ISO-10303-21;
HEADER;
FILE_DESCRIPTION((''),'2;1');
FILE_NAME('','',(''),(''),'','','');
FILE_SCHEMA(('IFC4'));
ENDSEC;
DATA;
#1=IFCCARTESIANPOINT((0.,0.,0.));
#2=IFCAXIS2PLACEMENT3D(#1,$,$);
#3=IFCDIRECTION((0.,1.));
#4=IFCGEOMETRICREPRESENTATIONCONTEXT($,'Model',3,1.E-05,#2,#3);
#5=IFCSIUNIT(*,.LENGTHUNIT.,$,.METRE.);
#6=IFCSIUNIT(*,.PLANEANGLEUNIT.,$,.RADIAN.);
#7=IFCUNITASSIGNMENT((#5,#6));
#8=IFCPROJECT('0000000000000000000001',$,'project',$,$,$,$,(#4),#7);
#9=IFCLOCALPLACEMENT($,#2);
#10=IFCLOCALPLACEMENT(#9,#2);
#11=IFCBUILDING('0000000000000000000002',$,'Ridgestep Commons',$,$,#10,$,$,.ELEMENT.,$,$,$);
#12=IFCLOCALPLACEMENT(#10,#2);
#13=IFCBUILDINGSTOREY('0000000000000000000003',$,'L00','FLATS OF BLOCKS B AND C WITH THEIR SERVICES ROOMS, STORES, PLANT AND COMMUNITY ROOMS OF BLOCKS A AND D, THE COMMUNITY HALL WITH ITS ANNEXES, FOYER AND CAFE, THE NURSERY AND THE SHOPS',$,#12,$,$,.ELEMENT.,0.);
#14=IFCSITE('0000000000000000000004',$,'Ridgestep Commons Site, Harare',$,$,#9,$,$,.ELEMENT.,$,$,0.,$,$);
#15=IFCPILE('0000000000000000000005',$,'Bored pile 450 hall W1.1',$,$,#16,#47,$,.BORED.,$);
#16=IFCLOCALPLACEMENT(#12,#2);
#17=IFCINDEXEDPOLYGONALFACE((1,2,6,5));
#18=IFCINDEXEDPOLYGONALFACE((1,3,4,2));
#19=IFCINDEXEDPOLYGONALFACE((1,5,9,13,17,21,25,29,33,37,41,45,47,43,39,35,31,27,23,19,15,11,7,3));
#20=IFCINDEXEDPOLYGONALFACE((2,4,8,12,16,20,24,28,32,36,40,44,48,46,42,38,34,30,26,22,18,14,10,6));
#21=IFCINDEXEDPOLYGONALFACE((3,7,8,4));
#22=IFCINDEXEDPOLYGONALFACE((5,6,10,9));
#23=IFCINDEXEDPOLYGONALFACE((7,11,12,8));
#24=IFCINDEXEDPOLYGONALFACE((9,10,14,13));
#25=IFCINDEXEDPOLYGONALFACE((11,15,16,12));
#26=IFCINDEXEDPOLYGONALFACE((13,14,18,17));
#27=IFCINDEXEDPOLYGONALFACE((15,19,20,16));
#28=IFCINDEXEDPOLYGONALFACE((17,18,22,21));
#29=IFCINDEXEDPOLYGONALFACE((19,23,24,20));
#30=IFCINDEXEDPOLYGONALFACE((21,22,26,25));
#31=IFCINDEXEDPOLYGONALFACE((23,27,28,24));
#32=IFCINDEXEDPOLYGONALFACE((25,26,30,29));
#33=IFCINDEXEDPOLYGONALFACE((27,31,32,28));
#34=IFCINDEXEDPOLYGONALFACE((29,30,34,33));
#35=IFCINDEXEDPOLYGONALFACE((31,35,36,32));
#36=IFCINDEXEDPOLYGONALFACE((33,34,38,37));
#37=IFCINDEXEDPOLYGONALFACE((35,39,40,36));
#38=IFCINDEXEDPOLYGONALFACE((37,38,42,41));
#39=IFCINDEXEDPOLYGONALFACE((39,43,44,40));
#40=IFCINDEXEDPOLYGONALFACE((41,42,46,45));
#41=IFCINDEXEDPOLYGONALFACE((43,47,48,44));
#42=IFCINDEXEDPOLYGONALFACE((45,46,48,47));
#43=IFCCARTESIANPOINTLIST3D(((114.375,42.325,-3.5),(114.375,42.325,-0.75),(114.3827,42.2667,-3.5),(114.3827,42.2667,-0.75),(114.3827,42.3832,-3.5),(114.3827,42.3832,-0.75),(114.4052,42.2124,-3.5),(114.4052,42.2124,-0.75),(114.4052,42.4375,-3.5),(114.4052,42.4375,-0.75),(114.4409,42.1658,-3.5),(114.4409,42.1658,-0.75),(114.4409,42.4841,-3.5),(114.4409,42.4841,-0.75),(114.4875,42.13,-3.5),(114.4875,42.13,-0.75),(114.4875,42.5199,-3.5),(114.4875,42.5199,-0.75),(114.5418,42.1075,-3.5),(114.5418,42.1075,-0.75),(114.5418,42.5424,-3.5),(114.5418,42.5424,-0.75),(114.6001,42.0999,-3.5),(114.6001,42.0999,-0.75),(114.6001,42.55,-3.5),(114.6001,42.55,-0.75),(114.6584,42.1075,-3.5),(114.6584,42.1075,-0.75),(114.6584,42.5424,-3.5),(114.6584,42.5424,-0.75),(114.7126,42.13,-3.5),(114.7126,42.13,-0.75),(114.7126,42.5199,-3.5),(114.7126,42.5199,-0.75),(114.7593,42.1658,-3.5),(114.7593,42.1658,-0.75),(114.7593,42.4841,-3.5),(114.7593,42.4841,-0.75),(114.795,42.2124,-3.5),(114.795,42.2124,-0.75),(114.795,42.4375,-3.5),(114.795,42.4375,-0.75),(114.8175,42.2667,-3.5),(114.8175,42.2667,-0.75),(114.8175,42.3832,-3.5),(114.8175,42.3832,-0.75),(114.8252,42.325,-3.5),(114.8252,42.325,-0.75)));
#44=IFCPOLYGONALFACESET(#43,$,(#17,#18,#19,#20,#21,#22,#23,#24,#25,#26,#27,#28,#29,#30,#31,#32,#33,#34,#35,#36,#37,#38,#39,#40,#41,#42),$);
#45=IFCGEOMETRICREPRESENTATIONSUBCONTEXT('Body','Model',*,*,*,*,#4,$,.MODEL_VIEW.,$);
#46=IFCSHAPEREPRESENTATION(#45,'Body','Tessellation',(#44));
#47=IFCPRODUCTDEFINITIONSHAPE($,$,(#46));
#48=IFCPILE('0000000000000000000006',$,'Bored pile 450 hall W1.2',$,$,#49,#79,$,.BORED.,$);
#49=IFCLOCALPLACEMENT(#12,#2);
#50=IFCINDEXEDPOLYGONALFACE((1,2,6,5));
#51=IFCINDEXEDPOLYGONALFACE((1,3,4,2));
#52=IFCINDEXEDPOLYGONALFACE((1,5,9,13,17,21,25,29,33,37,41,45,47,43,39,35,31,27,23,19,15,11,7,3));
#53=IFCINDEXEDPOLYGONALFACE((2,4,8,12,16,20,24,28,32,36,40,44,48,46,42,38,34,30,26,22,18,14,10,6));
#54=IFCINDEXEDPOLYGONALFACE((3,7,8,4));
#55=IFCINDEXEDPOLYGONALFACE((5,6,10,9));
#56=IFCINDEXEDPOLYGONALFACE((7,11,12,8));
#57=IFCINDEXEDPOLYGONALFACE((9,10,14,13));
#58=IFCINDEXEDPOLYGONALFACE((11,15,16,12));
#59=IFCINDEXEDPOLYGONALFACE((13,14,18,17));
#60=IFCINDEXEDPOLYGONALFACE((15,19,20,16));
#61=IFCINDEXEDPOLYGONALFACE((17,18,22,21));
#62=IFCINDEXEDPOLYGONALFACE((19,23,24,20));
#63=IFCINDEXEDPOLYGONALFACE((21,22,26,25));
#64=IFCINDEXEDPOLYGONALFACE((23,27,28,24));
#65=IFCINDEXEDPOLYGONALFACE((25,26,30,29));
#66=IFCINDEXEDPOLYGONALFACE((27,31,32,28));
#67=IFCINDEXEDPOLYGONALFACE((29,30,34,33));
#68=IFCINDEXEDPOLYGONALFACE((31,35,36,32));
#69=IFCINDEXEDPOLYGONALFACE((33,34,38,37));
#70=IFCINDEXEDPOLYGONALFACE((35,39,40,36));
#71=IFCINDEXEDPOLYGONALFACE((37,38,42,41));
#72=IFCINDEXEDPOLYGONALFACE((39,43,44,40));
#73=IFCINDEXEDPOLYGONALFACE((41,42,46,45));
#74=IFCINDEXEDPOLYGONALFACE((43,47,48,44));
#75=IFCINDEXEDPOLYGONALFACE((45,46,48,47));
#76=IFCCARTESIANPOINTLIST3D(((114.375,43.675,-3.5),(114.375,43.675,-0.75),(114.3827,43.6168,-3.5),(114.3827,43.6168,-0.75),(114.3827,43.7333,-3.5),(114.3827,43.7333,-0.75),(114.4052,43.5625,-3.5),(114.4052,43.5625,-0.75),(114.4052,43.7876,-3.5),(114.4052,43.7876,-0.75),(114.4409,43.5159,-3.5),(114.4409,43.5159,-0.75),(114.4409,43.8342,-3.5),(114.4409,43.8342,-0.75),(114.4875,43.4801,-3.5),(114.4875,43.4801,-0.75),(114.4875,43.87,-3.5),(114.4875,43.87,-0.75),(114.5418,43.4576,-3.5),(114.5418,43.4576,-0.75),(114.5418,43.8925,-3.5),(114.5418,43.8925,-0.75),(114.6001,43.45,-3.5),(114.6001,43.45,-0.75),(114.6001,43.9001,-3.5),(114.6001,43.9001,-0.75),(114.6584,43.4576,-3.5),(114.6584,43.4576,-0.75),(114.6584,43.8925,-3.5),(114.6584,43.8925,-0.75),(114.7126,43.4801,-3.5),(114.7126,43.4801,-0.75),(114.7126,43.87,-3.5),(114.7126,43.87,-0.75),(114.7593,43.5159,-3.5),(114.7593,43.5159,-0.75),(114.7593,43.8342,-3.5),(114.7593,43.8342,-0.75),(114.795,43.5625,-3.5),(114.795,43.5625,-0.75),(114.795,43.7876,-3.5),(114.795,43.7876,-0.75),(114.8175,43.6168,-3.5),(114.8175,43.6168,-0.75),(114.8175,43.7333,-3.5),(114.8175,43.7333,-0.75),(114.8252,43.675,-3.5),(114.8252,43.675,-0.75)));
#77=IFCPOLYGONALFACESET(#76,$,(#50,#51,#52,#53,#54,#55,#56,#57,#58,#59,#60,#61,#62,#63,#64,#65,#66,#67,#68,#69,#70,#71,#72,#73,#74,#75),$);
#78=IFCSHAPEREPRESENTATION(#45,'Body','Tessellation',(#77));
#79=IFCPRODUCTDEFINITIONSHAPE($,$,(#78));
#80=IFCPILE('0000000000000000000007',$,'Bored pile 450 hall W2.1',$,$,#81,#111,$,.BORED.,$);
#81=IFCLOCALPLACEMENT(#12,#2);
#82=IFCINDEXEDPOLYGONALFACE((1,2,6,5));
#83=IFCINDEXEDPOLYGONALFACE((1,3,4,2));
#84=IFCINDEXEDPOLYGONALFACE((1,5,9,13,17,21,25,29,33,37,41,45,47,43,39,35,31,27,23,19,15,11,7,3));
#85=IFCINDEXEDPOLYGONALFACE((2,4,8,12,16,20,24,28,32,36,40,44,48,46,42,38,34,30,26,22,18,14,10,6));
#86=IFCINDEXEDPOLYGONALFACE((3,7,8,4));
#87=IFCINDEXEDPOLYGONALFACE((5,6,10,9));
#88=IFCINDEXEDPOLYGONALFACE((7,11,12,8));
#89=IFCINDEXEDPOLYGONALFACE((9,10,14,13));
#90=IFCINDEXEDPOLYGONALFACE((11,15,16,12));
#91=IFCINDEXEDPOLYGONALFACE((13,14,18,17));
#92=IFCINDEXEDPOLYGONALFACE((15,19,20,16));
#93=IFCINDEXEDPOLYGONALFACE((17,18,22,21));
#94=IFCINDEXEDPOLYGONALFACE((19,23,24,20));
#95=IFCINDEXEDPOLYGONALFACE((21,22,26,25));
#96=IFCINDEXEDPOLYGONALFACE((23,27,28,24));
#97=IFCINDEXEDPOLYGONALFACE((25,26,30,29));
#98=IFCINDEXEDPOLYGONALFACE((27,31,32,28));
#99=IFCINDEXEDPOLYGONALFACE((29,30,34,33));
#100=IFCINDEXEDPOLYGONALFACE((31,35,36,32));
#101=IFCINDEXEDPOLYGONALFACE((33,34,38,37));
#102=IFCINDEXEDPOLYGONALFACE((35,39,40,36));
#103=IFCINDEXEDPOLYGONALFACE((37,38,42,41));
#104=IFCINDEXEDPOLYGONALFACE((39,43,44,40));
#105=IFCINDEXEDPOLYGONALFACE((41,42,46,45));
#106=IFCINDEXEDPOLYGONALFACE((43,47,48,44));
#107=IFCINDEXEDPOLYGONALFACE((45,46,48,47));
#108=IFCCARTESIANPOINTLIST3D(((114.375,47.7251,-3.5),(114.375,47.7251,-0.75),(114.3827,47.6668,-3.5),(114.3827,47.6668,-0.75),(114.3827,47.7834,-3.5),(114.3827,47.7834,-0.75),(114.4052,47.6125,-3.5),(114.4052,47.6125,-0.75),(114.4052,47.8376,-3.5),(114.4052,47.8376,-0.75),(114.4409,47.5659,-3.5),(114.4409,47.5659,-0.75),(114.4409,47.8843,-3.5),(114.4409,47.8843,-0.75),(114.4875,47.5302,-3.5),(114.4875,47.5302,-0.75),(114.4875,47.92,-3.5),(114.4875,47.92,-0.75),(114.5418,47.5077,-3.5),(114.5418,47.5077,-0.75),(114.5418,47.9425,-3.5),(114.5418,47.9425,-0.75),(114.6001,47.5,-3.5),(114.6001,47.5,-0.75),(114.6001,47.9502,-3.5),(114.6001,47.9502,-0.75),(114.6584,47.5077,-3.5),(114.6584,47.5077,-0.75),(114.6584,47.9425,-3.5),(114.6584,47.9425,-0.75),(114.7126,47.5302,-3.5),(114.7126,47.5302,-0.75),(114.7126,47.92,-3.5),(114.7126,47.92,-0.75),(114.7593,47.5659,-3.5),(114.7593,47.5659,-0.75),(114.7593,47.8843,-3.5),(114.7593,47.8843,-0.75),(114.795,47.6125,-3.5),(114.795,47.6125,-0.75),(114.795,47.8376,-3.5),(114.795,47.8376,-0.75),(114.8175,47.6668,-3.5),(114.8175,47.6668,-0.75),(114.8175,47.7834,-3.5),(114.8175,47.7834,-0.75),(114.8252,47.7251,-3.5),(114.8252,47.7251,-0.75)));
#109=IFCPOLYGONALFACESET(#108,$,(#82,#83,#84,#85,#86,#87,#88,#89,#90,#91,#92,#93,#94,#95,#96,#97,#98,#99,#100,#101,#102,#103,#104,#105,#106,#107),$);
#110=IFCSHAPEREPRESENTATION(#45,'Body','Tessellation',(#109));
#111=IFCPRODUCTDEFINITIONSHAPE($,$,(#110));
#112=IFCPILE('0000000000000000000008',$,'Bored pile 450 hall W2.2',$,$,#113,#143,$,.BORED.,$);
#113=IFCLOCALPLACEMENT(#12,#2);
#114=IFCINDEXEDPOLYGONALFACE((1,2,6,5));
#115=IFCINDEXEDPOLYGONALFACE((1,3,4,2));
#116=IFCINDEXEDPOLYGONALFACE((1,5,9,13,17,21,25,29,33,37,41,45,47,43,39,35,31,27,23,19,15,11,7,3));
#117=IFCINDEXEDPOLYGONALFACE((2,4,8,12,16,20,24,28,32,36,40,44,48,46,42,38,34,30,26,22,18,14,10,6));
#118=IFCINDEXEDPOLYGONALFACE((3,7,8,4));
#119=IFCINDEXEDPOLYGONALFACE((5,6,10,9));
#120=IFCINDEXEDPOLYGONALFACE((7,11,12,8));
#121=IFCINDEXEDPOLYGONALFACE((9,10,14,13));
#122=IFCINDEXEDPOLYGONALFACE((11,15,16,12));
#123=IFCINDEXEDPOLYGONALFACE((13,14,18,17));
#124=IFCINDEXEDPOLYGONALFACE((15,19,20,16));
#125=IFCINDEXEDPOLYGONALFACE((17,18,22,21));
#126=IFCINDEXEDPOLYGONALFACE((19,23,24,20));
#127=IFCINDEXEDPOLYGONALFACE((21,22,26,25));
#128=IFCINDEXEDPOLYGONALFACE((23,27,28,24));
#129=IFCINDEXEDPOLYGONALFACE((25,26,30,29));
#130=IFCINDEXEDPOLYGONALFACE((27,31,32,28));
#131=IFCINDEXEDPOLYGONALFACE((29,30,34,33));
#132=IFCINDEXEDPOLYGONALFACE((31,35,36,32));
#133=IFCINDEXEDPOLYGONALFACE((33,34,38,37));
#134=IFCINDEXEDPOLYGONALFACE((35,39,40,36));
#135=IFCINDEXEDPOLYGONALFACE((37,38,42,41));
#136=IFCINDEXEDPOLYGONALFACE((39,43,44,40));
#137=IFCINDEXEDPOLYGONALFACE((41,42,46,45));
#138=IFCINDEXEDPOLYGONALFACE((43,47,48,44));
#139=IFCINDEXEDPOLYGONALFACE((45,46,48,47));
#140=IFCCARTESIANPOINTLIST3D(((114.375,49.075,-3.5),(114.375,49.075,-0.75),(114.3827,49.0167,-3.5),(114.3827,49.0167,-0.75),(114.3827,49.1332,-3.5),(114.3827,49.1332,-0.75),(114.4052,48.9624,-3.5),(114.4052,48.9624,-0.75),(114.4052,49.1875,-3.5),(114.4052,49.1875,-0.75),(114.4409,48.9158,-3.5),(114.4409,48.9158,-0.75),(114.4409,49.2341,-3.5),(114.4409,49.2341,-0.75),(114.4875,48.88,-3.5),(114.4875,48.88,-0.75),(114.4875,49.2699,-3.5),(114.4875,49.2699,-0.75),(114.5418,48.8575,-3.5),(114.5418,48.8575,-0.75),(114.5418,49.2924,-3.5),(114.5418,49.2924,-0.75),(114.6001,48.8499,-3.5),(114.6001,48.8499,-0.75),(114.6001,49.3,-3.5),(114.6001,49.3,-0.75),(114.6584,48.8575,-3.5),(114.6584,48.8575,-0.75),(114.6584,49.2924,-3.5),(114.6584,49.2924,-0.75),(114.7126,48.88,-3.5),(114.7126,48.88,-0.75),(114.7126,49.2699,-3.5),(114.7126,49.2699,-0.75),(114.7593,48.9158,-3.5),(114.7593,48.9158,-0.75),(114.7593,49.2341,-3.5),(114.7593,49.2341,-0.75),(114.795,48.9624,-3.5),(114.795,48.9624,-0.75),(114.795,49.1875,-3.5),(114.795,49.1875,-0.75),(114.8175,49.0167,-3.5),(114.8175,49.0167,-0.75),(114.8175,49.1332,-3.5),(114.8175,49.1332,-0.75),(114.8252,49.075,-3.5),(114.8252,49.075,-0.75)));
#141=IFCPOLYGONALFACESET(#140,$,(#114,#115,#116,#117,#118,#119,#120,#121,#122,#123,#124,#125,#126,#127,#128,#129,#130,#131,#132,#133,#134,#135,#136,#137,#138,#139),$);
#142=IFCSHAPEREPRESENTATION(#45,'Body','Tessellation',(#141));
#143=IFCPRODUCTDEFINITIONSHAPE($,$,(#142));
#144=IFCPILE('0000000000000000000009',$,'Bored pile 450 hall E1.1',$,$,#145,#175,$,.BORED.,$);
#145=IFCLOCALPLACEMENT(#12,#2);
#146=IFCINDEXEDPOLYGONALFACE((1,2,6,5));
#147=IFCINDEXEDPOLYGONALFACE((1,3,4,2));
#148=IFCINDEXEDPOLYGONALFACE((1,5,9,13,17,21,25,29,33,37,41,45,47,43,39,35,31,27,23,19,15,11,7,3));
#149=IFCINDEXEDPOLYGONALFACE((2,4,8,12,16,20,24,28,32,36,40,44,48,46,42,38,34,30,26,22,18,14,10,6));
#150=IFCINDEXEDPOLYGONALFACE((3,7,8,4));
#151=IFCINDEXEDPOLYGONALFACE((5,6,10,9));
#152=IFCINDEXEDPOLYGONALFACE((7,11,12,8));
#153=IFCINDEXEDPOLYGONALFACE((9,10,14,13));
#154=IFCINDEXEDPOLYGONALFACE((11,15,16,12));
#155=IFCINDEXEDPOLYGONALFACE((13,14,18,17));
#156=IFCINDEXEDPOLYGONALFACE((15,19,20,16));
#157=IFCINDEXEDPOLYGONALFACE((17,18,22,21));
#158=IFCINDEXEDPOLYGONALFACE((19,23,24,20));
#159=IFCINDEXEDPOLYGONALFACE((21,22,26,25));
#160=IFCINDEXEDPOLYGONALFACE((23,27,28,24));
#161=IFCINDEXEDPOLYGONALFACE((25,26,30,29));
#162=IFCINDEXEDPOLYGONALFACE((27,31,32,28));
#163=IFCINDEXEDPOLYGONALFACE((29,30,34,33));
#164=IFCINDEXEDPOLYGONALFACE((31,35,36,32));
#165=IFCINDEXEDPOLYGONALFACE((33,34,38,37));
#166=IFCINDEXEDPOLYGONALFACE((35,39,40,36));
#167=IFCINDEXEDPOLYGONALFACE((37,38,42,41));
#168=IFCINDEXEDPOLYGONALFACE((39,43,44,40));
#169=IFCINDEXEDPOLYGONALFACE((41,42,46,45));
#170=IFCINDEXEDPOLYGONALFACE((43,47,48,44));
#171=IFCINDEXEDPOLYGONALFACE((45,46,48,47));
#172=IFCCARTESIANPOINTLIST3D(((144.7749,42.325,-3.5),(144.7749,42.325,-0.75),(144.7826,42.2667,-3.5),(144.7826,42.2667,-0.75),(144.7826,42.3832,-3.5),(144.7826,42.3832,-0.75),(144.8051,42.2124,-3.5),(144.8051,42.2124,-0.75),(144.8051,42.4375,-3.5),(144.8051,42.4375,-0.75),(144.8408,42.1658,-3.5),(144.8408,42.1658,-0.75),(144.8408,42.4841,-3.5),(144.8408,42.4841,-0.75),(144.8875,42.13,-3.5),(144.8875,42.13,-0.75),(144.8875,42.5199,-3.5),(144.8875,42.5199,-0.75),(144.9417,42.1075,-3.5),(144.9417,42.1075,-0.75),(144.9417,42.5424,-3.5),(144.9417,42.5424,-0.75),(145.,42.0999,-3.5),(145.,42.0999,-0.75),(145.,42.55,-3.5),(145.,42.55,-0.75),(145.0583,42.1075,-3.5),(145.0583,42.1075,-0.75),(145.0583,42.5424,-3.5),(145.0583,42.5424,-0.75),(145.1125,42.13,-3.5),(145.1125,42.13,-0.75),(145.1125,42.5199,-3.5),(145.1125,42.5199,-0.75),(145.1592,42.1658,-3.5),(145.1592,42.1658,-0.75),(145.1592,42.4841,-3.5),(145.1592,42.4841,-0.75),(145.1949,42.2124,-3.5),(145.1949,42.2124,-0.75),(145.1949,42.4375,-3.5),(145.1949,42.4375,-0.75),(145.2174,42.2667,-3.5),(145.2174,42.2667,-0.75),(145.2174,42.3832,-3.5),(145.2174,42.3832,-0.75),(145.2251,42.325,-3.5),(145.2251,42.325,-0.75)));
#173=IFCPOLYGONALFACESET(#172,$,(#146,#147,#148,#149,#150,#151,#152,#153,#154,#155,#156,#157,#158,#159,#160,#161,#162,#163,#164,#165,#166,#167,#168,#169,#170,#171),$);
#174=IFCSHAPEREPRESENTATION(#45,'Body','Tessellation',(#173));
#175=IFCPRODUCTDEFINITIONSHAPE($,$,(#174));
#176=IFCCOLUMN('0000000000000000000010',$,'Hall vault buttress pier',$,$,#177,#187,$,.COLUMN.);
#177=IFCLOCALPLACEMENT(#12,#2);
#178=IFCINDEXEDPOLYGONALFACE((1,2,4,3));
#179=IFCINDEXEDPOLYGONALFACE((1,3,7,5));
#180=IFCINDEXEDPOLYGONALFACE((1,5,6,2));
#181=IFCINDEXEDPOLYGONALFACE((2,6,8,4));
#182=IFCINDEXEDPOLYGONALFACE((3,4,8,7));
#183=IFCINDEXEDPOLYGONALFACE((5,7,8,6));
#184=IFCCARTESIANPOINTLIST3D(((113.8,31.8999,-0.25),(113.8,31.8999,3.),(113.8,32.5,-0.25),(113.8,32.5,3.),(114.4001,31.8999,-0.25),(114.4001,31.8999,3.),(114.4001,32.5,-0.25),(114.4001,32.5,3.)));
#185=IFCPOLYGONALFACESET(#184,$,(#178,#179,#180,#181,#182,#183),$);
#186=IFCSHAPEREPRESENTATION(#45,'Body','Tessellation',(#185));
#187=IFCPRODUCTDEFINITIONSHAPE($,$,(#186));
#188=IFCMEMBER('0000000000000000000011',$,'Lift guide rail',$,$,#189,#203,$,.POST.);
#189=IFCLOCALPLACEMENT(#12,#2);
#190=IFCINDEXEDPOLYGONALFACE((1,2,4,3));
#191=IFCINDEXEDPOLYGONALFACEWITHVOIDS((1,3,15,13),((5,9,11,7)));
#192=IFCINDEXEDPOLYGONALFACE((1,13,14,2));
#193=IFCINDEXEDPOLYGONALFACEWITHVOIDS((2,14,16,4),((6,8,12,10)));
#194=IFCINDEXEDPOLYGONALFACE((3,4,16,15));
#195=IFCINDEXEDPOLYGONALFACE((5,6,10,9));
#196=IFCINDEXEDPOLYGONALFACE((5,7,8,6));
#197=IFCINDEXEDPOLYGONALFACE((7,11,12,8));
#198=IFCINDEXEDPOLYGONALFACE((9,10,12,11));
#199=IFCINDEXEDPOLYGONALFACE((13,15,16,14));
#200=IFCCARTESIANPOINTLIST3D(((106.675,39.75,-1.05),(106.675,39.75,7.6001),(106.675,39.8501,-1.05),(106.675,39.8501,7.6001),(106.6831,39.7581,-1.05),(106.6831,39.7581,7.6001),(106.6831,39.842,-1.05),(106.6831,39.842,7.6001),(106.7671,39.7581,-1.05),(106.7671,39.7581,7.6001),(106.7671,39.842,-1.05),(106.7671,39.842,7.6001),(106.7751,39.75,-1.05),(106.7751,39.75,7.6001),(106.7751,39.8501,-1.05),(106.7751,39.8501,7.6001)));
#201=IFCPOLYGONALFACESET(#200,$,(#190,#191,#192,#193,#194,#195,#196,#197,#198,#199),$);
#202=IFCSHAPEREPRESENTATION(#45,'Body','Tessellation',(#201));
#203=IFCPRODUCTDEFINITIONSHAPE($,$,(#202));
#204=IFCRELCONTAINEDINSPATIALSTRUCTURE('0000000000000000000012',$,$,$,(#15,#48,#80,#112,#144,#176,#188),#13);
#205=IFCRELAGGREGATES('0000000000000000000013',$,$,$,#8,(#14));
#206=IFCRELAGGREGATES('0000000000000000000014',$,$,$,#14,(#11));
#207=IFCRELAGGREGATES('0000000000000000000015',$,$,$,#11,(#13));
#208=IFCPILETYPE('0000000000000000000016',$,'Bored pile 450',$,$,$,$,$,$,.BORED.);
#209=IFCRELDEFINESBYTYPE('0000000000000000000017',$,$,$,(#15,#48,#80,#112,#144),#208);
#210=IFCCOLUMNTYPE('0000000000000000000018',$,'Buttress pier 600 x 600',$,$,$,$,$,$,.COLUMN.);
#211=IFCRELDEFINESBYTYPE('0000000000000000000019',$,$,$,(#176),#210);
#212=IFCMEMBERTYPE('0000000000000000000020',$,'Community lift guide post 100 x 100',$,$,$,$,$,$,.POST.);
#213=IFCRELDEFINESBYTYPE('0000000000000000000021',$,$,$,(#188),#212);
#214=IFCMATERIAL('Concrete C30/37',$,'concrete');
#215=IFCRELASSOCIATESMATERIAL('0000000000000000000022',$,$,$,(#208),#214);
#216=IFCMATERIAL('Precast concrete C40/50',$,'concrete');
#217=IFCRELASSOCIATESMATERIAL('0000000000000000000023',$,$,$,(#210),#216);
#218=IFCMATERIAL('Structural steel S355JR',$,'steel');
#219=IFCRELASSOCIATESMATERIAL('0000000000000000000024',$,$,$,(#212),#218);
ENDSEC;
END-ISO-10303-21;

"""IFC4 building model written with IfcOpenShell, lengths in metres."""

from ifc_helpers import new_model, si_unit, direction, frame, origin, origin_2d, place, context, subcontext, project, spatial, rectangle, hollow_rectangle, circle, extrude, material, material_profile, profile_set, type_object, element, save


model = new_model("IFC4")

# Units and contexts
model_context = context("Model", 3, precision=1e-05, world=origin(), true_north=direction((0.0, 1.0)))
body_context = subcontext(model_context, "Body", "Model", "MODEL_VIEW")
ifc_project = project(units=[si_unit("LENGTHUNIT", "METRE"), si_unit("PLANEANGLEUNIT", "RADIAN")], contexts=[model_context])

# Site, building, storey
site_placement = place(None, origin())
site = spatial("IfcSite", under=ifc_project, at=site_placement, Name="Ridgestep Commons Site, Harare", CompositionType="ELEMENT", RefElevation=0.0)
building_placement = place(site_placement, origin())
building = spatial("IfcBuilding", under=site, at=building_placement, Name="Ridgestep Commons", CompositionType="ELEMENT")
storey_placement = place(building_placement, origin())
storey = spatial("IfcBuildingStorey", under=building, at=storey_placement, Name="L00", Description="FLATS OF BLOCKS B AND C WITH THEIR SERVICES ROOMS, STORES, PLANT AND COMMUNITY ROOMS OF BLOCKS A AND D, THE COMMUNITY HALL WITH ITS ANNEXES, FOYER AND CAFE, THE NURSERY AND THE SHOPS", CompositionType="ELEMENT", Elevation=0.0)

# Piles
ifc_material_1 = material(Name="Concrete C30/37", Category="concrete")
ifc_material_profile_1 = material_profile(ifc_material_1, circle(Radius=0.2251, at=origin_2d()), Name="Pile D450")
ifc_profile_set_1 = profile_set([ifc_material_profile_1], Name="Concrete C30/37")
pile_type = type_object("IfcPileType", Name="Bored pile 450", PredefinedType="BORED", material=ifc_profile_set_1)
for number, where, z_axis, x_axis, name in (
    (1, (114.6001, 42.325, -0.75), (0.0, 0.0, -1.0), (1.0, 0.0, 0.0), "Bored pile 450 hall W1.1"),
    (2, (114.6001, 43.675, -0.75), (0.0, 0.0, -1.0), (1.0, 0.0, 0.0), "Bored pile 450 hall W1.2"),
    (3, (114.6001, 47.7251, -0.75), (0.0, 0.0, -1.0), (1.0, 0.0, 0.0), "Bored pile 450 hall W2.1"),
    (4, (114.6001, 49.075, -0.75), (0.0, 0.0, -1.0), (1.0, 0.0, 0.0), "Bored pile 450 hall W2.2"),
    (5, (145.0, 42.325, -0.75), (0.0, 0.0, -1.0), (1.0, 0.0, 0.0), "Bored pile 450 hall E1.1"),
):
    element("IfcPile", number, at=place(storey_placement, frame(where, z_axis=z_axis, x_axis=x_axis)), inside=storey, type_object=pile_type, Name=name, PredefinedType="BORED", context=body_context, shape_type="SweptSolid", body=[
        extrude(circle(Radius=0.2251, at=origin_2d()), origin(), (0.0, 0.0, 1.0), 2.75),
    ])

# Column
ifc_material_2 = material(Name="Precast concrete C40/50", Category="concrete")
ifc_material_profile_2 = material_profile(ifc_material_2, rectangle(XDim=0.6001, YDim=0.6001, at=origin_2d()), Name="Buttress pier 600 x 600")
ifc_profile_set_2 = profile_set([ifc_material_profile_2], Name="Precast concrete C40/50")
column_type = type_object("IfcColumnType", Name="Buttress pier 600 x 600", PredefinedType="COLUMN", material=ifc_profile_set_2)
column_placement = place(storey_placement, frame((114.1001, 32.2, -0.25), z_axis=(0.0, 0.0, 1.0), x_axis=(1.0, 0.0, 0.0)))
element("IfcColumn", 6, at=column_placement, inside=storey, type_object=column_type, Name="Hall vault buttress pier", PredefinedType="COLUMN", context=body_context, shape_type="SweptSolid", body=[
    extrude(rectangle(XDim=0.6001, YDim=0.6001, at=origin_2d()), origin(), (0.0, 0.0, 1.0), 3.25),
])

# Member
ifc_material_3 = material(Name="Structural steel S355JR", Category="steel")
ifc_material_profile_3 = material_profile(ifc_material_3, hollow_rectangle(XDim=0.1001, YDim=0.1001, WallThickness=0.0081, at=origin_2d()), Name="RHS 100x100x8")
ifc_profile_set_3 = profile_set([ifc_material_profile_3], Name="Structural steel S355JR")
member_type = type_object("IfcMemberType", Name="Community lift guide post 100 x 100", PredefinedType="POST", material=ifc_profile_set_3)
member_placement = place(storey_placement, frame((106.7251, 39.8, -1.05), z_axis=(0.0, 0.0, 1.0), x_axis=(1.0, 0.0, 0.0)))
element("IfcMember", 7, at=member_placement, inside=storey, type_object=member_type, Name="Lift guide rail", PredefinedType="POST", context=body_context, shape_type="SweptSolid", body=[
    extrude(hollow_rectangle(XDim=0.1001, YDim=0.1001, WallThickness=0.0081, at=origin_2d()), origin(), (0.0, 0.0, 1.0), 8.6501),
])

save(model, "model.ifc")
